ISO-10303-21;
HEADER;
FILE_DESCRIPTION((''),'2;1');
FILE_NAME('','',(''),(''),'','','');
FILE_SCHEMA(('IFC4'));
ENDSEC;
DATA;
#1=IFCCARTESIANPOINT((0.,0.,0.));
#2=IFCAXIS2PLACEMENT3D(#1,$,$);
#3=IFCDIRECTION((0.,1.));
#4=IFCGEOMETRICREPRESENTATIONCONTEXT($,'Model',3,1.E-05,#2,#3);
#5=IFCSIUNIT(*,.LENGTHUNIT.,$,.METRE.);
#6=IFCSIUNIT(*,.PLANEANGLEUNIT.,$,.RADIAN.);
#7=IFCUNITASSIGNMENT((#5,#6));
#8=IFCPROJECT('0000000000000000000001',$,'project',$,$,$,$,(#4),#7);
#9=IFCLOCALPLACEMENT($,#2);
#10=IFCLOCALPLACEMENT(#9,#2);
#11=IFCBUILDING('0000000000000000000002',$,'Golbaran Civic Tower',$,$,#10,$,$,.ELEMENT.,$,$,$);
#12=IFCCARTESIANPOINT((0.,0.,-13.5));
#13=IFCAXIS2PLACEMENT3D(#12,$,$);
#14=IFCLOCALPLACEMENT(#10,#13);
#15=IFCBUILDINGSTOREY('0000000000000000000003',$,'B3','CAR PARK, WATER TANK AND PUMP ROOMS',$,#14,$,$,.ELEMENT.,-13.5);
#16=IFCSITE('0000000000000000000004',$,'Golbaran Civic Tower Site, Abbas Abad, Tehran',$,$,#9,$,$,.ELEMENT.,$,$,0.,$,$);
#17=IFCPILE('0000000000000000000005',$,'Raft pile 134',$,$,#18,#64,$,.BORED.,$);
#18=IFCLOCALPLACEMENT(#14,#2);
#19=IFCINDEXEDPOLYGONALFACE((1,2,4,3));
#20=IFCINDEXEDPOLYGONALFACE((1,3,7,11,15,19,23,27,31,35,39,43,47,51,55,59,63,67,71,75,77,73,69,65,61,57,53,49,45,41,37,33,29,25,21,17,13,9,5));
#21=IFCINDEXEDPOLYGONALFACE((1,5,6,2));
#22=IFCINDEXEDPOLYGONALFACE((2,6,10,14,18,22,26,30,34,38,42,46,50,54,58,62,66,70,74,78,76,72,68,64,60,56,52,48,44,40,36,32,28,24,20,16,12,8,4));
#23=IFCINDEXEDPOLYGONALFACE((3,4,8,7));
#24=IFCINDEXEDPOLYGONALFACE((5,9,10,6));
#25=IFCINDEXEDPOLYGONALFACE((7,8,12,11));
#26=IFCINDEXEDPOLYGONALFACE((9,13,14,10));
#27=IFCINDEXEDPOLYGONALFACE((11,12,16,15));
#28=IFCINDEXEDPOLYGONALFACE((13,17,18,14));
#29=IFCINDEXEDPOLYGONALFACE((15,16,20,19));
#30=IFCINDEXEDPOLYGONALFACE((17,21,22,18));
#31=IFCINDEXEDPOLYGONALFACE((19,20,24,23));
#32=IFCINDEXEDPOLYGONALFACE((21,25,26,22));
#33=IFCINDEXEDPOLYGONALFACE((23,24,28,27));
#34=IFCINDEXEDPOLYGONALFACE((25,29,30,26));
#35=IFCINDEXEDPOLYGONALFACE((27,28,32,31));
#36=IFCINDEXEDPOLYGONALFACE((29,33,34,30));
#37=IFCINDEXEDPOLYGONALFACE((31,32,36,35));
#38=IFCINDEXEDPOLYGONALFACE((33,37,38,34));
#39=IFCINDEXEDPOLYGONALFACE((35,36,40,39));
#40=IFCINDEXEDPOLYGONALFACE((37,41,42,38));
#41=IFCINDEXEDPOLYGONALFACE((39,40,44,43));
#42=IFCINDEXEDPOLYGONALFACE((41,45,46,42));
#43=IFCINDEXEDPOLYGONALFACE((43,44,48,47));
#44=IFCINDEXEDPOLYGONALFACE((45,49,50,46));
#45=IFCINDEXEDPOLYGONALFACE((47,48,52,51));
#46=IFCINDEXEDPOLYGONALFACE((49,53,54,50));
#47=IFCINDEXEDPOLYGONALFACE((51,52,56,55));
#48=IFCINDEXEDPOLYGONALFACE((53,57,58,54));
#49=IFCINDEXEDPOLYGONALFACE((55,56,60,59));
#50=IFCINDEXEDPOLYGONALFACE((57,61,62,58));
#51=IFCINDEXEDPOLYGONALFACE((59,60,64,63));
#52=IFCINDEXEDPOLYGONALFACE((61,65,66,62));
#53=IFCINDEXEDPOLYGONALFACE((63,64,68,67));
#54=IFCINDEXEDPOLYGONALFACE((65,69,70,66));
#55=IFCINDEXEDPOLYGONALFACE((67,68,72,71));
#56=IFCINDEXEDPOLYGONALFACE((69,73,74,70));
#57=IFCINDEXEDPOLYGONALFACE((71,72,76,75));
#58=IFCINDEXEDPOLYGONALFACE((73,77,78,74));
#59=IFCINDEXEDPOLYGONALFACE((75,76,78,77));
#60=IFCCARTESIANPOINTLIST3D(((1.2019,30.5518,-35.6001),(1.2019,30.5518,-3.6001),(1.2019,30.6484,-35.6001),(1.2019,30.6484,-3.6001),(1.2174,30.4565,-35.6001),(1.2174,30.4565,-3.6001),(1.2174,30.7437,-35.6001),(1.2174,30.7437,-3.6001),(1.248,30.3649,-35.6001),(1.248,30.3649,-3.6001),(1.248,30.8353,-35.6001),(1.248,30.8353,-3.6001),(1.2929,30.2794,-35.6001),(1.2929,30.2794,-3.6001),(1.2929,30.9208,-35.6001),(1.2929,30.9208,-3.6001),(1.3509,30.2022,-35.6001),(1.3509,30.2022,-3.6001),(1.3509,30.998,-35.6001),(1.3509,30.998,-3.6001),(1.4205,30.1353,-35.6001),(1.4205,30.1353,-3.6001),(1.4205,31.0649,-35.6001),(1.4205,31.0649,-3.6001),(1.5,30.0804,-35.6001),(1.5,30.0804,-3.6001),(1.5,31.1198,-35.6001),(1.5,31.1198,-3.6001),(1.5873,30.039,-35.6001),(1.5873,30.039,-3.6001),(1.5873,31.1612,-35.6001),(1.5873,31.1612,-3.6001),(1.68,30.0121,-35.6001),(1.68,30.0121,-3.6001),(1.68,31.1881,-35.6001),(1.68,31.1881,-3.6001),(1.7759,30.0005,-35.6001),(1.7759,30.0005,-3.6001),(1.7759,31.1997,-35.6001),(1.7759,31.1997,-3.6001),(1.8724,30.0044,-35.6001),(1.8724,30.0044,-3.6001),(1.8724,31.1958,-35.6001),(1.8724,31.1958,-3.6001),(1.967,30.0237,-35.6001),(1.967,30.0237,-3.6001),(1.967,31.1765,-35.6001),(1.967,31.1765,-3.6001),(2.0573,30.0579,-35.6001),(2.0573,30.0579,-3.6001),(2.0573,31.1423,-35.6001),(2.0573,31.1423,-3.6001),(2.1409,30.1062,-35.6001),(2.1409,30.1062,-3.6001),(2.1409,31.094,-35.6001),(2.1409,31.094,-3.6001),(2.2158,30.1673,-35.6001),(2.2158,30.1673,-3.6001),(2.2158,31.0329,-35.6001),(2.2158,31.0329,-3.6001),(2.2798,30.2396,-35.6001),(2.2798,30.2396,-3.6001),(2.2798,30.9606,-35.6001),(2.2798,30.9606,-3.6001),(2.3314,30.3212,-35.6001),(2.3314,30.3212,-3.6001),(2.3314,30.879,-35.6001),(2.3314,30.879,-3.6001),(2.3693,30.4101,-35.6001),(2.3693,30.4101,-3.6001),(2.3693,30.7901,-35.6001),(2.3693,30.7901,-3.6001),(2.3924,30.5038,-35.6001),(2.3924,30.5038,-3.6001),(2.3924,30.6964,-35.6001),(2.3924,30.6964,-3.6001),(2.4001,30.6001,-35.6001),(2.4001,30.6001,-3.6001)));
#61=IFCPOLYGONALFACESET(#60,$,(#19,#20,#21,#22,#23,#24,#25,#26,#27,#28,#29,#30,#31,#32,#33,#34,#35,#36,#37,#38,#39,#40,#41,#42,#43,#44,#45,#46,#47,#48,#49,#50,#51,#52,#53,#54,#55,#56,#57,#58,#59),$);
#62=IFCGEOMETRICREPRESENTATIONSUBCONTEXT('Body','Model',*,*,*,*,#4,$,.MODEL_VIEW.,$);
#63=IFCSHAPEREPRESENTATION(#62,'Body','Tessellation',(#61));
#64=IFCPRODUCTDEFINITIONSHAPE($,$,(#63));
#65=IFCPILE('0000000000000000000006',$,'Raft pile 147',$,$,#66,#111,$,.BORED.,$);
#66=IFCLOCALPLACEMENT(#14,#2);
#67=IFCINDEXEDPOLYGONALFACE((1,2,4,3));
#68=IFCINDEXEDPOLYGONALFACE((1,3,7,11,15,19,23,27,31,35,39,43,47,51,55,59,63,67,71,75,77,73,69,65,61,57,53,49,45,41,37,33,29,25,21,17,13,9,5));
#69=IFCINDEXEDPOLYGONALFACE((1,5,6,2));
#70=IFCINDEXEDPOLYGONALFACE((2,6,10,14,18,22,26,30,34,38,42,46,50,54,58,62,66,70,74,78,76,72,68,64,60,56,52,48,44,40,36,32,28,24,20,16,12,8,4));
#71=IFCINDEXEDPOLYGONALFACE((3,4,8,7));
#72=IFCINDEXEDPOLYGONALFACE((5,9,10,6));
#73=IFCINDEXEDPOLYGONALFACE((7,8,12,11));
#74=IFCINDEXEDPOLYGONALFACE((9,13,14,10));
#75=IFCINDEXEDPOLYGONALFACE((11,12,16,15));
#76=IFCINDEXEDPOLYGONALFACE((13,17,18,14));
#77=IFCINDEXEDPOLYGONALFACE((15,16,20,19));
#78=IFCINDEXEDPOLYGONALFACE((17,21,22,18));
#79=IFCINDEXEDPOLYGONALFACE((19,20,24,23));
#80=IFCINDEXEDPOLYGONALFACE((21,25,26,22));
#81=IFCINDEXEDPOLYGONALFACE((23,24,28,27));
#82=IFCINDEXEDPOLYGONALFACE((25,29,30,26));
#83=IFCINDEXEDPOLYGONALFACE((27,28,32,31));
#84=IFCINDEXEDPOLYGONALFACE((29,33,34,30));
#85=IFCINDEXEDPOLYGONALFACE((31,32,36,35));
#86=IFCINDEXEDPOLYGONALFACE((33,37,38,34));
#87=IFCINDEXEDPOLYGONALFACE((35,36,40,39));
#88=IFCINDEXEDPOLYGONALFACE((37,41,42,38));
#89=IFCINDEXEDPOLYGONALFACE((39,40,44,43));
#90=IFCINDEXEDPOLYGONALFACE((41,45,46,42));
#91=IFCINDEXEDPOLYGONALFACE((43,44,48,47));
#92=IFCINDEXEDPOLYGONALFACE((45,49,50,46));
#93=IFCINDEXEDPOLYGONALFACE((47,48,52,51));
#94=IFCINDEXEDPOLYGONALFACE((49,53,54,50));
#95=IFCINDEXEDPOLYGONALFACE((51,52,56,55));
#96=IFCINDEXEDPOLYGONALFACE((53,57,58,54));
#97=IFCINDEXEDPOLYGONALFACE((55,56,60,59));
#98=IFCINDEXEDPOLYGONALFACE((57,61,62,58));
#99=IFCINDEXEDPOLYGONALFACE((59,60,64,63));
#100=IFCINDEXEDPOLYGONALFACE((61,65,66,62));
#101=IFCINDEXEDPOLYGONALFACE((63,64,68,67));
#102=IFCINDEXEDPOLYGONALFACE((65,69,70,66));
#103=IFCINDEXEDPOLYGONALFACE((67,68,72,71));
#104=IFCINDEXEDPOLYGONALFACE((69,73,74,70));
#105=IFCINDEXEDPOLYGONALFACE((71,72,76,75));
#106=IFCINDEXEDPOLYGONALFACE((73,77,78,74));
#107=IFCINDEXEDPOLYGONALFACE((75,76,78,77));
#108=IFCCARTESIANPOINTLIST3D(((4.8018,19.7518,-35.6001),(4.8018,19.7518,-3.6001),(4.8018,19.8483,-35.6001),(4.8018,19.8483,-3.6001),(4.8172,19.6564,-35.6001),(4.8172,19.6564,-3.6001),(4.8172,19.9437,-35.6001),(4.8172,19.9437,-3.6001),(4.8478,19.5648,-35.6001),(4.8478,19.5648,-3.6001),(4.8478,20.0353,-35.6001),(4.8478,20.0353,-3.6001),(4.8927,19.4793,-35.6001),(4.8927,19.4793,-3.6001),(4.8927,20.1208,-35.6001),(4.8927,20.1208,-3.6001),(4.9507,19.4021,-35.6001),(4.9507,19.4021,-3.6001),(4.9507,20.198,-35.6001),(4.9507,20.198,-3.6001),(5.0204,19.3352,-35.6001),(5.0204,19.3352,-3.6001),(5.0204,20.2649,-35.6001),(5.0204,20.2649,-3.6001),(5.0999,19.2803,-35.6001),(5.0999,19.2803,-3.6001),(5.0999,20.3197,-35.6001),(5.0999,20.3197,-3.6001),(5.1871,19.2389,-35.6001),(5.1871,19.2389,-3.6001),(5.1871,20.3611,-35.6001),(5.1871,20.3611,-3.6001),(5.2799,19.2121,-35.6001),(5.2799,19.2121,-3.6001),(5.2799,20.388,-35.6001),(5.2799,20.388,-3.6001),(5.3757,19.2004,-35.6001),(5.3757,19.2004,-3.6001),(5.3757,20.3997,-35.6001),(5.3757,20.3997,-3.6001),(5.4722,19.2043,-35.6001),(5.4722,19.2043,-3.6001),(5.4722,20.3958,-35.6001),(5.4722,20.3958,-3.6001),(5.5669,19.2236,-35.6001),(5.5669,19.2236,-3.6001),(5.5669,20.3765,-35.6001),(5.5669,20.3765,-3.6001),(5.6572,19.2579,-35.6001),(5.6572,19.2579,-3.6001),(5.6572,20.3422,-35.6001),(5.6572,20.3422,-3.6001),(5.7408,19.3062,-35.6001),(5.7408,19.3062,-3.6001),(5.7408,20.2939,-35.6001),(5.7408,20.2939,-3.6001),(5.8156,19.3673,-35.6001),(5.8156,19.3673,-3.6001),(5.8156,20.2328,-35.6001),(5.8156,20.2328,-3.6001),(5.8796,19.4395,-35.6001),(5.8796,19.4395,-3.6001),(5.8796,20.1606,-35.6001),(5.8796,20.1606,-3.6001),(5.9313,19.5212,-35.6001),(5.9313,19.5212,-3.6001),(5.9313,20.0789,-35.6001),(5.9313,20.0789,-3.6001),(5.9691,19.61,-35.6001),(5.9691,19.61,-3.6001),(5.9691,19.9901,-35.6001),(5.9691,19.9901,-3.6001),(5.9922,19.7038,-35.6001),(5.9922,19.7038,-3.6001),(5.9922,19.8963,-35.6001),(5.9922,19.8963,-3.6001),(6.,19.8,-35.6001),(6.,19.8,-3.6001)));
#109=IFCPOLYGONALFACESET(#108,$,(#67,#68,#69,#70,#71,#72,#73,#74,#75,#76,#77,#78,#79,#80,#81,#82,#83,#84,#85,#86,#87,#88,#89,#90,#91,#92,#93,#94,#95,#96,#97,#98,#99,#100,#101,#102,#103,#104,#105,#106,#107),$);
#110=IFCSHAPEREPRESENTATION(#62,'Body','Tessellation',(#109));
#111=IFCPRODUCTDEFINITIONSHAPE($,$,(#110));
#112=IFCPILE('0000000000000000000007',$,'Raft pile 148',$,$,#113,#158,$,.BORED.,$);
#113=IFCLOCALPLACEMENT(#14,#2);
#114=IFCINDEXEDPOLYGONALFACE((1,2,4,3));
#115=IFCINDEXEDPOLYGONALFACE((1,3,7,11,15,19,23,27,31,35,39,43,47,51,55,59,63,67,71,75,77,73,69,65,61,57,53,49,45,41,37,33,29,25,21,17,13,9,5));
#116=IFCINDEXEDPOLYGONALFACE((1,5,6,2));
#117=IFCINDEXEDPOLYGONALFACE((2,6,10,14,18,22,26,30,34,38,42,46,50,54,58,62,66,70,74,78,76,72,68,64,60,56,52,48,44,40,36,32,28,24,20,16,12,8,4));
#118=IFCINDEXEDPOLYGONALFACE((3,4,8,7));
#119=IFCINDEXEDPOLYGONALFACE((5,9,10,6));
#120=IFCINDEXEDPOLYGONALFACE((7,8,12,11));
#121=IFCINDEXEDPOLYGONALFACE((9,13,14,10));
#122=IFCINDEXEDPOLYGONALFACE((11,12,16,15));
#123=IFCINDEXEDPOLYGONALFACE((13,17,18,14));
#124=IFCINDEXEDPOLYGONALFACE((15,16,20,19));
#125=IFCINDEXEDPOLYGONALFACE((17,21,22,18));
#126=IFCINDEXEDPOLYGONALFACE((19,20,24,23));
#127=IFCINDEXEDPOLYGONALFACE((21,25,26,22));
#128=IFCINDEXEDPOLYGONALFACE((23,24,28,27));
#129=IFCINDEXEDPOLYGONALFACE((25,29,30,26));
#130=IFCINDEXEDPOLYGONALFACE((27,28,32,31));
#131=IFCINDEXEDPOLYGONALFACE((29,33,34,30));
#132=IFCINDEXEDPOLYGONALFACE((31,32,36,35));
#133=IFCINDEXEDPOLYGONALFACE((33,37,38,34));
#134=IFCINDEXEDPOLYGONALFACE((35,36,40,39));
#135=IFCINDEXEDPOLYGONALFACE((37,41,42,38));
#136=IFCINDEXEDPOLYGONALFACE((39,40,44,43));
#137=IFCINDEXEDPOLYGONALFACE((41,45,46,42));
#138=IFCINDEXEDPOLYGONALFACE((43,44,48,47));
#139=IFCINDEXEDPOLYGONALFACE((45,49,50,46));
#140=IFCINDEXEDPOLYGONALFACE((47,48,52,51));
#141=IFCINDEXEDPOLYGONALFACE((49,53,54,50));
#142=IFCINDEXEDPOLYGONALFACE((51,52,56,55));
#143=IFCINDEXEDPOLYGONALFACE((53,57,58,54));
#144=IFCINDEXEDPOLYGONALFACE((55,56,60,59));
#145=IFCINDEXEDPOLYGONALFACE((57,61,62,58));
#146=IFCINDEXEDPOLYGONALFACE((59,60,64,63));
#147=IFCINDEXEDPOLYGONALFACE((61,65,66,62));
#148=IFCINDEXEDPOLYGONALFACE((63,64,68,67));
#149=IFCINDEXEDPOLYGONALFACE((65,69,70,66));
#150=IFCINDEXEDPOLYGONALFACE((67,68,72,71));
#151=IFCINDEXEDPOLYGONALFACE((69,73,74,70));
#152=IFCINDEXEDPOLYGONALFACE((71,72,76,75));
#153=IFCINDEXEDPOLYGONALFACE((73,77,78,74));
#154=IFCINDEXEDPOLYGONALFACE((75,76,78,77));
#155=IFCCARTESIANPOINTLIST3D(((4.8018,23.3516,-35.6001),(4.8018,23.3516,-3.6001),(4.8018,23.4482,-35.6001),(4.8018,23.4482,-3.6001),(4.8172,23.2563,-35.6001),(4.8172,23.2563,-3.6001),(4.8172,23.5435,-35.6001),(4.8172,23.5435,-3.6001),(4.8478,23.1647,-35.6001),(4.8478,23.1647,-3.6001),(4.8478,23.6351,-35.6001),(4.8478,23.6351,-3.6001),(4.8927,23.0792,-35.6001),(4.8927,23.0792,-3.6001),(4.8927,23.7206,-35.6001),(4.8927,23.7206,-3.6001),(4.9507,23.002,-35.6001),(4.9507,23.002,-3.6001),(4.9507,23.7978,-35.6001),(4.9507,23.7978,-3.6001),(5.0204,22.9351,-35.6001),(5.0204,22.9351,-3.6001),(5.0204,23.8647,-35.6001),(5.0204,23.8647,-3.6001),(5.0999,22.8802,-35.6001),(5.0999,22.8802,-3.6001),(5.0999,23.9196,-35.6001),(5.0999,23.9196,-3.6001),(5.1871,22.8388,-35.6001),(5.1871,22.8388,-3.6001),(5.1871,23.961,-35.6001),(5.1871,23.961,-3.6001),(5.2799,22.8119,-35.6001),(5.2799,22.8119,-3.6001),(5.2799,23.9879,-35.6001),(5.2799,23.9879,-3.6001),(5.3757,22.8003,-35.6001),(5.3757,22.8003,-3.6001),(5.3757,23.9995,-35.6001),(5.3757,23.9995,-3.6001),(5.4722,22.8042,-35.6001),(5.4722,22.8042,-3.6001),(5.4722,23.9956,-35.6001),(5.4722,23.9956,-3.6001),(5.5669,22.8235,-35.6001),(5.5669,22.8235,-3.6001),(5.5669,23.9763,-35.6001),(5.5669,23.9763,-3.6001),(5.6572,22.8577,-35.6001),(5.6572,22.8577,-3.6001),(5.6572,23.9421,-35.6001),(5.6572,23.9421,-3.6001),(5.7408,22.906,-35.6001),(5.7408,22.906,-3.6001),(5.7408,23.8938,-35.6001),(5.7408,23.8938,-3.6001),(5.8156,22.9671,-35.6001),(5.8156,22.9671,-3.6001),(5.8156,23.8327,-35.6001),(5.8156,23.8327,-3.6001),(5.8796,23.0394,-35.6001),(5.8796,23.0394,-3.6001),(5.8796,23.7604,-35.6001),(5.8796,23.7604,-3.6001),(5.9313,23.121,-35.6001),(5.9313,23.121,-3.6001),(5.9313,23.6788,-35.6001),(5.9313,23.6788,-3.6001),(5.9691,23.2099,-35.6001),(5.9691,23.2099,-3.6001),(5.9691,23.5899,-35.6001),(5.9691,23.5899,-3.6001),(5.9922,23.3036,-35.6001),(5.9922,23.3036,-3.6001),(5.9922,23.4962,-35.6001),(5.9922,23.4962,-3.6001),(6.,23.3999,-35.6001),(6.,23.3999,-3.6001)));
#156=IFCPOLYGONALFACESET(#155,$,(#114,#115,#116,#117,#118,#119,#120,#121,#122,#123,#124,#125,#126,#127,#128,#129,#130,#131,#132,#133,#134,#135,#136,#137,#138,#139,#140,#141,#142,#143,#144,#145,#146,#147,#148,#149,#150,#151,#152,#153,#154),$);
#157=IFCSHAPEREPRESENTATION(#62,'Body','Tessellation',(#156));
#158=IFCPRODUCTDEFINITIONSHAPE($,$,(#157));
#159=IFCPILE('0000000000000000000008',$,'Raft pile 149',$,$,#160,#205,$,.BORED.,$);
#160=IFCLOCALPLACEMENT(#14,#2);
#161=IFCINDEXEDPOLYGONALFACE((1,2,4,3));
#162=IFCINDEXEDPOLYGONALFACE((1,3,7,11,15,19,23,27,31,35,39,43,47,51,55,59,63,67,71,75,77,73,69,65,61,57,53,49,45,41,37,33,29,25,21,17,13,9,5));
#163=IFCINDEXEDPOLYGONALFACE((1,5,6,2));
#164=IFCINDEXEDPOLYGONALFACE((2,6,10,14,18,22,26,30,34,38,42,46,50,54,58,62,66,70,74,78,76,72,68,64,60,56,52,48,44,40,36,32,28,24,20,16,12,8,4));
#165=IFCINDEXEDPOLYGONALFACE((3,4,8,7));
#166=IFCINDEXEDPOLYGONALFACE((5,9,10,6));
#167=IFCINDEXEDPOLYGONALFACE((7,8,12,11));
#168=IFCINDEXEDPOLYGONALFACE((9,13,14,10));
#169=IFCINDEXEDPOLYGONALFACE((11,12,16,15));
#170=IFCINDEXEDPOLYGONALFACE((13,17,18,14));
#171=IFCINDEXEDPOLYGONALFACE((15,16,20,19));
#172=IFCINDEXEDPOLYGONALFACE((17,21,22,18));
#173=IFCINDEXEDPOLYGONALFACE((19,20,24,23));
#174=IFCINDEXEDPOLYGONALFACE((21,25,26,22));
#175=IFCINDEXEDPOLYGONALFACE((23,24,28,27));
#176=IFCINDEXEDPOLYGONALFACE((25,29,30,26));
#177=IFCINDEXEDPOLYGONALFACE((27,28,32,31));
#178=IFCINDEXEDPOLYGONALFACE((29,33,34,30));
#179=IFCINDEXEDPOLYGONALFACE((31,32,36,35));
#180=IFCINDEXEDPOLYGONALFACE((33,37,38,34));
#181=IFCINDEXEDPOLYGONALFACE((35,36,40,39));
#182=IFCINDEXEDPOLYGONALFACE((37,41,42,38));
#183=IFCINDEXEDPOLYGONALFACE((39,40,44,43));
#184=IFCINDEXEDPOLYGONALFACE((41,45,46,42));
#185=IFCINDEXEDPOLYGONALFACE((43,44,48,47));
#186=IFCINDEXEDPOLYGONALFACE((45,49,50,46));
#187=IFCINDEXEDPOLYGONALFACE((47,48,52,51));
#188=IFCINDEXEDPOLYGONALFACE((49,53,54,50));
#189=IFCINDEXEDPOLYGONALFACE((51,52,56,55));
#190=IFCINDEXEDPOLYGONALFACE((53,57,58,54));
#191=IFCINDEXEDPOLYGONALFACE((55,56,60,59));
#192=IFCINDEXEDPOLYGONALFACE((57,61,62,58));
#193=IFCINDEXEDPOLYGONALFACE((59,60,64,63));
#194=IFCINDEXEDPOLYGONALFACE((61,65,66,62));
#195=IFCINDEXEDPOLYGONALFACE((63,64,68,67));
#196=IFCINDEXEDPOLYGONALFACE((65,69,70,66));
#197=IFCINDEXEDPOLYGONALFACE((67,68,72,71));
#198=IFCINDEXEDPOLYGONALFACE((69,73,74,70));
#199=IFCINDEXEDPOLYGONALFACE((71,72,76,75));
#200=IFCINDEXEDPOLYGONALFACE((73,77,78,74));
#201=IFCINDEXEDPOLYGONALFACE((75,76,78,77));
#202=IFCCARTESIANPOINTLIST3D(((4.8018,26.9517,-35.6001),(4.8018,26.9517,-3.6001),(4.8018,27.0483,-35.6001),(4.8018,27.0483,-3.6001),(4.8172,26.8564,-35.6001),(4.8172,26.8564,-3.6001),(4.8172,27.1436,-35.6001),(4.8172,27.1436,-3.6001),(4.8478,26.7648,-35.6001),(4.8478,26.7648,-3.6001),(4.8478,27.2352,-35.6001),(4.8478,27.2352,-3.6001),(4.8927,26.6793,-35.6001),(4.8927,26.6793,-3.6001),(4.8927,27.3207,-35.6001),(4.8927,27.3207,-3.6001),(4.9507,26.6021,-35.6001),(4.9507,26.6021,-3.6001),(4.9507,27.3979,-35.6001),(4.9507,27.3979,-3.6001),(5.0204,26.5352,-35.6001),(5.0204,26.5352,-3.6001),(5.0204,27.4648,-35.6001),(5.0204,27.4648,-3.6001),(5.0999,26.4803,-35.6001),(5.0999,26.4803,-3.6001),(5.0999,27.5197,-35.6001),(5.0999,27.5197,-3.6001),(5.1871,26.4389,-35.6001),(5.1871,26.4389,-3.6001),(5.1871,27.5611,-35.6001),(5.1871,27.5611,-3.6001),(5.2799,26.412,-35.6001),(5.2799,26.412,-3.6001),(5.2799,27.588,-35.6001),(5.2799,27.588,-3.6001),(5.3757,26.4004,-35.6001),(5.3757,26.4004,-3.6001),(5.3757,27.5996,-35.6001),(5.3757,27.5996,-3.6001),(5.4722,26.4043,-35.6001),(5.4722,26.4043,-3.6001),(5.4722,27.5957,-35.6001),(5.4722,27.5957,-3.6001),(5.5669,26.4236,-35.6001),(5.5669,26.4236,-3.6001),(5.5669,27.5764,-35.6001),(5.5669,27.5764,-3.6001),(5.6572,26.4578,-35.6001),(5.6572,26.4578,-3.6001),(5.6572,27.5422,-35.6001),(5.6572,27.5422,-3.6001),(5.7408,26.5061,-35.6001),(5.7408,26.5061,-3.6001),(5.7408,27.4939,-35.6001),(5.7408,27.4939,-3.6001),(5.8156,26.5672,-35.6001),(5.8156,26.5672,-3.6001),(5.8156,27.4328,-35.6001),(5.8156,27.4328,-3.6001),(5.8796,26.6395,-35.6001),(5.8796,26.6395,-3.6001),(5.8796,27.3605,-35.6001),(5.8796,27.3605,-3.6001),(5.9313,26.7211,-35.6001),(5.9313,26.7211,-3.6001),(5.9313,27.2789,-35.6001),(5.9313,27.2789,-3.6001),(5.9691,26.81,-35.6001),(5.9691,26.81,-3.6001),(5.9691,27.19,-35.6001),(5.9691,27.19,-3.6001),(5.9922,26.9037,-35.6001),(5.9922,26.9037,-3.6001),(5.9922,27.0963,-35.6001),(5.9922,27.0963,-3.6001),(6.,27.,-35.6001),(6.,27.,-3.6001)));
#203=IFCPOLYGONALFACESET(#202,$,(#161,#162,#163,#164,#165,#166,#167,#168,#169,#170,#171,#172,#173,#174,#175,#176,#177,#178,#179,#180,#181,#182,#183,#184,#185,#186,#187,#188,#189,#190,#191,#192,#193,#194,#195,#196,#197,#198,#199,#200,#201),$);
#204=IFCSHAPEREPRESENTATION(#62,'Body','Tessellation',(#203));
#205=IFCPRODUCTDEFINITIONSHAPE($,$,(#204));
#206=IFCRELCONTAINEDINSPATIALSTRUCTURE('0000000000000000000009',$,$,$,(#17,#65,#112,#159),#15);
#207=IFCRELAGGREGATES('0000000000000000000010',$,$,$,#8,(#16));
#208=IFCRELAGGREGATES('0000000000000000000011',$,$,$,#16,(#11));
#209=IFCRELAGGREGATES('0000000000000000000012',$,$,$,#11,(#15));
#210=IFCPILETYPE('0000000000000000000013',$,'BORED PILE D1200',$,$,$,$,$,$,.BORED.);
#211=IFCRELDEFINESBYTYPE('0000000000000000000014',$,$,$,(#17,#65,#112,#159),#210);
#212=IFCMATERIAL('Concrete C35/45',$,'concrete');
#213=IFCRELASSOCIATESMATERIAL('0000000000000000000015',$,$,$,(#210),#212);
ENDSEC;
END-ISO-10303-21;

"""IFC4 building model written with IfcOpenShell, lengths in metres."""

from ifc_helpers import new_model, si_unit, direction, frame, origin, origin_2d, place, context, subcontext, project, spatial, circle, extrude, material, material_profile, profile_set, type_object, element, save


model = new_model("IFC4")

# Units and contexts
model_context = context("Model", 3, precision=1e-05, world=origin(), true_north=direction((0.0, 1.0)))
body_context = subcontext(model_context, "Body", "Model", "MODEL_VIEW")
ifc_project = project(units=[si_unit("LENGTHUNIT", "METRE"), si_unit("PLANEANGLEUNIT", "RADIAN")], contexts=[model_context])

# Site, building, storey
site_placement = place(None, origin())
site = spatial("IfcSite", under=ifc_project, at=site_placement, Name="Golbaran Civic Tower Site, Abbas Abad, Tehran", CompositionType="ELEMENT", RefElevation=0.0)
building_placement = place(site_placement, origin())
building = spatial("IfcBuilding", under=site, at=building_placement, Name="Golbaran Civic Tower", CompositionType="ELEMENT")
storey_placement = place(building_placement, frame((0.0, 0.0, -13.5)))
storey = spatial("IfcBuildingStorey", under=building, at=storey_placement, Name="B3", Description="CAR PARK, WATER TANK AND PUMP ROOMS", CompositionType="ELEMENT", Elevation=-13.5)

# Piles
ifc_material_1 = material(Name="Concrete C35/45", Category="concrete")
ifc_material_profile_1 = material_profile(ifc_material_1, circle(Radius=0.6001, at=origin_2d()), Name="BORED PILE D1200")
ifc_profile_set_1 = profile_set([ifc_material_profile_1], Name="Concrete C35/45")
pile_type_1 = type_object("IfcPileType", Name="BORED PILE D1200", PredefinedType="BORED", material=ifc_profile_set_1)
for number, where, z_axis, x_axis, name in (
    (1, (1.8, 30.6001, -3.6001), (0.0, 0.0, -1.0), (1.0, 0.0, 0.0), "Raft pile 134"),
    (2, (5.3999, 19.8, -3.6001), (0.0, 0.0, -1.0), (1.0, 0.0, 0.0), "Raft pile 147"),
    (3, (5.3999, 23.3999, -3.6001), (0.0, 0.0, -1.0), (1.0, 0.0, 0.0), "Raft pile 148"),
    (4, (5.3999, 27.0, -3.6001), (0.0, 0.0, -1.0), (1.0, 0.0, 0.0), "Raft pile 149"),
):
    element("IfcPile", number, at=place(storey_placement, frame(where, z_axis=z_axis, x_axis=x_axis)), inside=storey, type_object=pile_type_1, Name=name, PredefinedType="BORED", context=body_context, shape_type="SweptSolid", body=[
        extrude(circle(Radius=0.6001, at=origin_2d()), origin(), (0.0, 0.0, 1.0), 32.0),
    ])

save(model, "model.ifc")
